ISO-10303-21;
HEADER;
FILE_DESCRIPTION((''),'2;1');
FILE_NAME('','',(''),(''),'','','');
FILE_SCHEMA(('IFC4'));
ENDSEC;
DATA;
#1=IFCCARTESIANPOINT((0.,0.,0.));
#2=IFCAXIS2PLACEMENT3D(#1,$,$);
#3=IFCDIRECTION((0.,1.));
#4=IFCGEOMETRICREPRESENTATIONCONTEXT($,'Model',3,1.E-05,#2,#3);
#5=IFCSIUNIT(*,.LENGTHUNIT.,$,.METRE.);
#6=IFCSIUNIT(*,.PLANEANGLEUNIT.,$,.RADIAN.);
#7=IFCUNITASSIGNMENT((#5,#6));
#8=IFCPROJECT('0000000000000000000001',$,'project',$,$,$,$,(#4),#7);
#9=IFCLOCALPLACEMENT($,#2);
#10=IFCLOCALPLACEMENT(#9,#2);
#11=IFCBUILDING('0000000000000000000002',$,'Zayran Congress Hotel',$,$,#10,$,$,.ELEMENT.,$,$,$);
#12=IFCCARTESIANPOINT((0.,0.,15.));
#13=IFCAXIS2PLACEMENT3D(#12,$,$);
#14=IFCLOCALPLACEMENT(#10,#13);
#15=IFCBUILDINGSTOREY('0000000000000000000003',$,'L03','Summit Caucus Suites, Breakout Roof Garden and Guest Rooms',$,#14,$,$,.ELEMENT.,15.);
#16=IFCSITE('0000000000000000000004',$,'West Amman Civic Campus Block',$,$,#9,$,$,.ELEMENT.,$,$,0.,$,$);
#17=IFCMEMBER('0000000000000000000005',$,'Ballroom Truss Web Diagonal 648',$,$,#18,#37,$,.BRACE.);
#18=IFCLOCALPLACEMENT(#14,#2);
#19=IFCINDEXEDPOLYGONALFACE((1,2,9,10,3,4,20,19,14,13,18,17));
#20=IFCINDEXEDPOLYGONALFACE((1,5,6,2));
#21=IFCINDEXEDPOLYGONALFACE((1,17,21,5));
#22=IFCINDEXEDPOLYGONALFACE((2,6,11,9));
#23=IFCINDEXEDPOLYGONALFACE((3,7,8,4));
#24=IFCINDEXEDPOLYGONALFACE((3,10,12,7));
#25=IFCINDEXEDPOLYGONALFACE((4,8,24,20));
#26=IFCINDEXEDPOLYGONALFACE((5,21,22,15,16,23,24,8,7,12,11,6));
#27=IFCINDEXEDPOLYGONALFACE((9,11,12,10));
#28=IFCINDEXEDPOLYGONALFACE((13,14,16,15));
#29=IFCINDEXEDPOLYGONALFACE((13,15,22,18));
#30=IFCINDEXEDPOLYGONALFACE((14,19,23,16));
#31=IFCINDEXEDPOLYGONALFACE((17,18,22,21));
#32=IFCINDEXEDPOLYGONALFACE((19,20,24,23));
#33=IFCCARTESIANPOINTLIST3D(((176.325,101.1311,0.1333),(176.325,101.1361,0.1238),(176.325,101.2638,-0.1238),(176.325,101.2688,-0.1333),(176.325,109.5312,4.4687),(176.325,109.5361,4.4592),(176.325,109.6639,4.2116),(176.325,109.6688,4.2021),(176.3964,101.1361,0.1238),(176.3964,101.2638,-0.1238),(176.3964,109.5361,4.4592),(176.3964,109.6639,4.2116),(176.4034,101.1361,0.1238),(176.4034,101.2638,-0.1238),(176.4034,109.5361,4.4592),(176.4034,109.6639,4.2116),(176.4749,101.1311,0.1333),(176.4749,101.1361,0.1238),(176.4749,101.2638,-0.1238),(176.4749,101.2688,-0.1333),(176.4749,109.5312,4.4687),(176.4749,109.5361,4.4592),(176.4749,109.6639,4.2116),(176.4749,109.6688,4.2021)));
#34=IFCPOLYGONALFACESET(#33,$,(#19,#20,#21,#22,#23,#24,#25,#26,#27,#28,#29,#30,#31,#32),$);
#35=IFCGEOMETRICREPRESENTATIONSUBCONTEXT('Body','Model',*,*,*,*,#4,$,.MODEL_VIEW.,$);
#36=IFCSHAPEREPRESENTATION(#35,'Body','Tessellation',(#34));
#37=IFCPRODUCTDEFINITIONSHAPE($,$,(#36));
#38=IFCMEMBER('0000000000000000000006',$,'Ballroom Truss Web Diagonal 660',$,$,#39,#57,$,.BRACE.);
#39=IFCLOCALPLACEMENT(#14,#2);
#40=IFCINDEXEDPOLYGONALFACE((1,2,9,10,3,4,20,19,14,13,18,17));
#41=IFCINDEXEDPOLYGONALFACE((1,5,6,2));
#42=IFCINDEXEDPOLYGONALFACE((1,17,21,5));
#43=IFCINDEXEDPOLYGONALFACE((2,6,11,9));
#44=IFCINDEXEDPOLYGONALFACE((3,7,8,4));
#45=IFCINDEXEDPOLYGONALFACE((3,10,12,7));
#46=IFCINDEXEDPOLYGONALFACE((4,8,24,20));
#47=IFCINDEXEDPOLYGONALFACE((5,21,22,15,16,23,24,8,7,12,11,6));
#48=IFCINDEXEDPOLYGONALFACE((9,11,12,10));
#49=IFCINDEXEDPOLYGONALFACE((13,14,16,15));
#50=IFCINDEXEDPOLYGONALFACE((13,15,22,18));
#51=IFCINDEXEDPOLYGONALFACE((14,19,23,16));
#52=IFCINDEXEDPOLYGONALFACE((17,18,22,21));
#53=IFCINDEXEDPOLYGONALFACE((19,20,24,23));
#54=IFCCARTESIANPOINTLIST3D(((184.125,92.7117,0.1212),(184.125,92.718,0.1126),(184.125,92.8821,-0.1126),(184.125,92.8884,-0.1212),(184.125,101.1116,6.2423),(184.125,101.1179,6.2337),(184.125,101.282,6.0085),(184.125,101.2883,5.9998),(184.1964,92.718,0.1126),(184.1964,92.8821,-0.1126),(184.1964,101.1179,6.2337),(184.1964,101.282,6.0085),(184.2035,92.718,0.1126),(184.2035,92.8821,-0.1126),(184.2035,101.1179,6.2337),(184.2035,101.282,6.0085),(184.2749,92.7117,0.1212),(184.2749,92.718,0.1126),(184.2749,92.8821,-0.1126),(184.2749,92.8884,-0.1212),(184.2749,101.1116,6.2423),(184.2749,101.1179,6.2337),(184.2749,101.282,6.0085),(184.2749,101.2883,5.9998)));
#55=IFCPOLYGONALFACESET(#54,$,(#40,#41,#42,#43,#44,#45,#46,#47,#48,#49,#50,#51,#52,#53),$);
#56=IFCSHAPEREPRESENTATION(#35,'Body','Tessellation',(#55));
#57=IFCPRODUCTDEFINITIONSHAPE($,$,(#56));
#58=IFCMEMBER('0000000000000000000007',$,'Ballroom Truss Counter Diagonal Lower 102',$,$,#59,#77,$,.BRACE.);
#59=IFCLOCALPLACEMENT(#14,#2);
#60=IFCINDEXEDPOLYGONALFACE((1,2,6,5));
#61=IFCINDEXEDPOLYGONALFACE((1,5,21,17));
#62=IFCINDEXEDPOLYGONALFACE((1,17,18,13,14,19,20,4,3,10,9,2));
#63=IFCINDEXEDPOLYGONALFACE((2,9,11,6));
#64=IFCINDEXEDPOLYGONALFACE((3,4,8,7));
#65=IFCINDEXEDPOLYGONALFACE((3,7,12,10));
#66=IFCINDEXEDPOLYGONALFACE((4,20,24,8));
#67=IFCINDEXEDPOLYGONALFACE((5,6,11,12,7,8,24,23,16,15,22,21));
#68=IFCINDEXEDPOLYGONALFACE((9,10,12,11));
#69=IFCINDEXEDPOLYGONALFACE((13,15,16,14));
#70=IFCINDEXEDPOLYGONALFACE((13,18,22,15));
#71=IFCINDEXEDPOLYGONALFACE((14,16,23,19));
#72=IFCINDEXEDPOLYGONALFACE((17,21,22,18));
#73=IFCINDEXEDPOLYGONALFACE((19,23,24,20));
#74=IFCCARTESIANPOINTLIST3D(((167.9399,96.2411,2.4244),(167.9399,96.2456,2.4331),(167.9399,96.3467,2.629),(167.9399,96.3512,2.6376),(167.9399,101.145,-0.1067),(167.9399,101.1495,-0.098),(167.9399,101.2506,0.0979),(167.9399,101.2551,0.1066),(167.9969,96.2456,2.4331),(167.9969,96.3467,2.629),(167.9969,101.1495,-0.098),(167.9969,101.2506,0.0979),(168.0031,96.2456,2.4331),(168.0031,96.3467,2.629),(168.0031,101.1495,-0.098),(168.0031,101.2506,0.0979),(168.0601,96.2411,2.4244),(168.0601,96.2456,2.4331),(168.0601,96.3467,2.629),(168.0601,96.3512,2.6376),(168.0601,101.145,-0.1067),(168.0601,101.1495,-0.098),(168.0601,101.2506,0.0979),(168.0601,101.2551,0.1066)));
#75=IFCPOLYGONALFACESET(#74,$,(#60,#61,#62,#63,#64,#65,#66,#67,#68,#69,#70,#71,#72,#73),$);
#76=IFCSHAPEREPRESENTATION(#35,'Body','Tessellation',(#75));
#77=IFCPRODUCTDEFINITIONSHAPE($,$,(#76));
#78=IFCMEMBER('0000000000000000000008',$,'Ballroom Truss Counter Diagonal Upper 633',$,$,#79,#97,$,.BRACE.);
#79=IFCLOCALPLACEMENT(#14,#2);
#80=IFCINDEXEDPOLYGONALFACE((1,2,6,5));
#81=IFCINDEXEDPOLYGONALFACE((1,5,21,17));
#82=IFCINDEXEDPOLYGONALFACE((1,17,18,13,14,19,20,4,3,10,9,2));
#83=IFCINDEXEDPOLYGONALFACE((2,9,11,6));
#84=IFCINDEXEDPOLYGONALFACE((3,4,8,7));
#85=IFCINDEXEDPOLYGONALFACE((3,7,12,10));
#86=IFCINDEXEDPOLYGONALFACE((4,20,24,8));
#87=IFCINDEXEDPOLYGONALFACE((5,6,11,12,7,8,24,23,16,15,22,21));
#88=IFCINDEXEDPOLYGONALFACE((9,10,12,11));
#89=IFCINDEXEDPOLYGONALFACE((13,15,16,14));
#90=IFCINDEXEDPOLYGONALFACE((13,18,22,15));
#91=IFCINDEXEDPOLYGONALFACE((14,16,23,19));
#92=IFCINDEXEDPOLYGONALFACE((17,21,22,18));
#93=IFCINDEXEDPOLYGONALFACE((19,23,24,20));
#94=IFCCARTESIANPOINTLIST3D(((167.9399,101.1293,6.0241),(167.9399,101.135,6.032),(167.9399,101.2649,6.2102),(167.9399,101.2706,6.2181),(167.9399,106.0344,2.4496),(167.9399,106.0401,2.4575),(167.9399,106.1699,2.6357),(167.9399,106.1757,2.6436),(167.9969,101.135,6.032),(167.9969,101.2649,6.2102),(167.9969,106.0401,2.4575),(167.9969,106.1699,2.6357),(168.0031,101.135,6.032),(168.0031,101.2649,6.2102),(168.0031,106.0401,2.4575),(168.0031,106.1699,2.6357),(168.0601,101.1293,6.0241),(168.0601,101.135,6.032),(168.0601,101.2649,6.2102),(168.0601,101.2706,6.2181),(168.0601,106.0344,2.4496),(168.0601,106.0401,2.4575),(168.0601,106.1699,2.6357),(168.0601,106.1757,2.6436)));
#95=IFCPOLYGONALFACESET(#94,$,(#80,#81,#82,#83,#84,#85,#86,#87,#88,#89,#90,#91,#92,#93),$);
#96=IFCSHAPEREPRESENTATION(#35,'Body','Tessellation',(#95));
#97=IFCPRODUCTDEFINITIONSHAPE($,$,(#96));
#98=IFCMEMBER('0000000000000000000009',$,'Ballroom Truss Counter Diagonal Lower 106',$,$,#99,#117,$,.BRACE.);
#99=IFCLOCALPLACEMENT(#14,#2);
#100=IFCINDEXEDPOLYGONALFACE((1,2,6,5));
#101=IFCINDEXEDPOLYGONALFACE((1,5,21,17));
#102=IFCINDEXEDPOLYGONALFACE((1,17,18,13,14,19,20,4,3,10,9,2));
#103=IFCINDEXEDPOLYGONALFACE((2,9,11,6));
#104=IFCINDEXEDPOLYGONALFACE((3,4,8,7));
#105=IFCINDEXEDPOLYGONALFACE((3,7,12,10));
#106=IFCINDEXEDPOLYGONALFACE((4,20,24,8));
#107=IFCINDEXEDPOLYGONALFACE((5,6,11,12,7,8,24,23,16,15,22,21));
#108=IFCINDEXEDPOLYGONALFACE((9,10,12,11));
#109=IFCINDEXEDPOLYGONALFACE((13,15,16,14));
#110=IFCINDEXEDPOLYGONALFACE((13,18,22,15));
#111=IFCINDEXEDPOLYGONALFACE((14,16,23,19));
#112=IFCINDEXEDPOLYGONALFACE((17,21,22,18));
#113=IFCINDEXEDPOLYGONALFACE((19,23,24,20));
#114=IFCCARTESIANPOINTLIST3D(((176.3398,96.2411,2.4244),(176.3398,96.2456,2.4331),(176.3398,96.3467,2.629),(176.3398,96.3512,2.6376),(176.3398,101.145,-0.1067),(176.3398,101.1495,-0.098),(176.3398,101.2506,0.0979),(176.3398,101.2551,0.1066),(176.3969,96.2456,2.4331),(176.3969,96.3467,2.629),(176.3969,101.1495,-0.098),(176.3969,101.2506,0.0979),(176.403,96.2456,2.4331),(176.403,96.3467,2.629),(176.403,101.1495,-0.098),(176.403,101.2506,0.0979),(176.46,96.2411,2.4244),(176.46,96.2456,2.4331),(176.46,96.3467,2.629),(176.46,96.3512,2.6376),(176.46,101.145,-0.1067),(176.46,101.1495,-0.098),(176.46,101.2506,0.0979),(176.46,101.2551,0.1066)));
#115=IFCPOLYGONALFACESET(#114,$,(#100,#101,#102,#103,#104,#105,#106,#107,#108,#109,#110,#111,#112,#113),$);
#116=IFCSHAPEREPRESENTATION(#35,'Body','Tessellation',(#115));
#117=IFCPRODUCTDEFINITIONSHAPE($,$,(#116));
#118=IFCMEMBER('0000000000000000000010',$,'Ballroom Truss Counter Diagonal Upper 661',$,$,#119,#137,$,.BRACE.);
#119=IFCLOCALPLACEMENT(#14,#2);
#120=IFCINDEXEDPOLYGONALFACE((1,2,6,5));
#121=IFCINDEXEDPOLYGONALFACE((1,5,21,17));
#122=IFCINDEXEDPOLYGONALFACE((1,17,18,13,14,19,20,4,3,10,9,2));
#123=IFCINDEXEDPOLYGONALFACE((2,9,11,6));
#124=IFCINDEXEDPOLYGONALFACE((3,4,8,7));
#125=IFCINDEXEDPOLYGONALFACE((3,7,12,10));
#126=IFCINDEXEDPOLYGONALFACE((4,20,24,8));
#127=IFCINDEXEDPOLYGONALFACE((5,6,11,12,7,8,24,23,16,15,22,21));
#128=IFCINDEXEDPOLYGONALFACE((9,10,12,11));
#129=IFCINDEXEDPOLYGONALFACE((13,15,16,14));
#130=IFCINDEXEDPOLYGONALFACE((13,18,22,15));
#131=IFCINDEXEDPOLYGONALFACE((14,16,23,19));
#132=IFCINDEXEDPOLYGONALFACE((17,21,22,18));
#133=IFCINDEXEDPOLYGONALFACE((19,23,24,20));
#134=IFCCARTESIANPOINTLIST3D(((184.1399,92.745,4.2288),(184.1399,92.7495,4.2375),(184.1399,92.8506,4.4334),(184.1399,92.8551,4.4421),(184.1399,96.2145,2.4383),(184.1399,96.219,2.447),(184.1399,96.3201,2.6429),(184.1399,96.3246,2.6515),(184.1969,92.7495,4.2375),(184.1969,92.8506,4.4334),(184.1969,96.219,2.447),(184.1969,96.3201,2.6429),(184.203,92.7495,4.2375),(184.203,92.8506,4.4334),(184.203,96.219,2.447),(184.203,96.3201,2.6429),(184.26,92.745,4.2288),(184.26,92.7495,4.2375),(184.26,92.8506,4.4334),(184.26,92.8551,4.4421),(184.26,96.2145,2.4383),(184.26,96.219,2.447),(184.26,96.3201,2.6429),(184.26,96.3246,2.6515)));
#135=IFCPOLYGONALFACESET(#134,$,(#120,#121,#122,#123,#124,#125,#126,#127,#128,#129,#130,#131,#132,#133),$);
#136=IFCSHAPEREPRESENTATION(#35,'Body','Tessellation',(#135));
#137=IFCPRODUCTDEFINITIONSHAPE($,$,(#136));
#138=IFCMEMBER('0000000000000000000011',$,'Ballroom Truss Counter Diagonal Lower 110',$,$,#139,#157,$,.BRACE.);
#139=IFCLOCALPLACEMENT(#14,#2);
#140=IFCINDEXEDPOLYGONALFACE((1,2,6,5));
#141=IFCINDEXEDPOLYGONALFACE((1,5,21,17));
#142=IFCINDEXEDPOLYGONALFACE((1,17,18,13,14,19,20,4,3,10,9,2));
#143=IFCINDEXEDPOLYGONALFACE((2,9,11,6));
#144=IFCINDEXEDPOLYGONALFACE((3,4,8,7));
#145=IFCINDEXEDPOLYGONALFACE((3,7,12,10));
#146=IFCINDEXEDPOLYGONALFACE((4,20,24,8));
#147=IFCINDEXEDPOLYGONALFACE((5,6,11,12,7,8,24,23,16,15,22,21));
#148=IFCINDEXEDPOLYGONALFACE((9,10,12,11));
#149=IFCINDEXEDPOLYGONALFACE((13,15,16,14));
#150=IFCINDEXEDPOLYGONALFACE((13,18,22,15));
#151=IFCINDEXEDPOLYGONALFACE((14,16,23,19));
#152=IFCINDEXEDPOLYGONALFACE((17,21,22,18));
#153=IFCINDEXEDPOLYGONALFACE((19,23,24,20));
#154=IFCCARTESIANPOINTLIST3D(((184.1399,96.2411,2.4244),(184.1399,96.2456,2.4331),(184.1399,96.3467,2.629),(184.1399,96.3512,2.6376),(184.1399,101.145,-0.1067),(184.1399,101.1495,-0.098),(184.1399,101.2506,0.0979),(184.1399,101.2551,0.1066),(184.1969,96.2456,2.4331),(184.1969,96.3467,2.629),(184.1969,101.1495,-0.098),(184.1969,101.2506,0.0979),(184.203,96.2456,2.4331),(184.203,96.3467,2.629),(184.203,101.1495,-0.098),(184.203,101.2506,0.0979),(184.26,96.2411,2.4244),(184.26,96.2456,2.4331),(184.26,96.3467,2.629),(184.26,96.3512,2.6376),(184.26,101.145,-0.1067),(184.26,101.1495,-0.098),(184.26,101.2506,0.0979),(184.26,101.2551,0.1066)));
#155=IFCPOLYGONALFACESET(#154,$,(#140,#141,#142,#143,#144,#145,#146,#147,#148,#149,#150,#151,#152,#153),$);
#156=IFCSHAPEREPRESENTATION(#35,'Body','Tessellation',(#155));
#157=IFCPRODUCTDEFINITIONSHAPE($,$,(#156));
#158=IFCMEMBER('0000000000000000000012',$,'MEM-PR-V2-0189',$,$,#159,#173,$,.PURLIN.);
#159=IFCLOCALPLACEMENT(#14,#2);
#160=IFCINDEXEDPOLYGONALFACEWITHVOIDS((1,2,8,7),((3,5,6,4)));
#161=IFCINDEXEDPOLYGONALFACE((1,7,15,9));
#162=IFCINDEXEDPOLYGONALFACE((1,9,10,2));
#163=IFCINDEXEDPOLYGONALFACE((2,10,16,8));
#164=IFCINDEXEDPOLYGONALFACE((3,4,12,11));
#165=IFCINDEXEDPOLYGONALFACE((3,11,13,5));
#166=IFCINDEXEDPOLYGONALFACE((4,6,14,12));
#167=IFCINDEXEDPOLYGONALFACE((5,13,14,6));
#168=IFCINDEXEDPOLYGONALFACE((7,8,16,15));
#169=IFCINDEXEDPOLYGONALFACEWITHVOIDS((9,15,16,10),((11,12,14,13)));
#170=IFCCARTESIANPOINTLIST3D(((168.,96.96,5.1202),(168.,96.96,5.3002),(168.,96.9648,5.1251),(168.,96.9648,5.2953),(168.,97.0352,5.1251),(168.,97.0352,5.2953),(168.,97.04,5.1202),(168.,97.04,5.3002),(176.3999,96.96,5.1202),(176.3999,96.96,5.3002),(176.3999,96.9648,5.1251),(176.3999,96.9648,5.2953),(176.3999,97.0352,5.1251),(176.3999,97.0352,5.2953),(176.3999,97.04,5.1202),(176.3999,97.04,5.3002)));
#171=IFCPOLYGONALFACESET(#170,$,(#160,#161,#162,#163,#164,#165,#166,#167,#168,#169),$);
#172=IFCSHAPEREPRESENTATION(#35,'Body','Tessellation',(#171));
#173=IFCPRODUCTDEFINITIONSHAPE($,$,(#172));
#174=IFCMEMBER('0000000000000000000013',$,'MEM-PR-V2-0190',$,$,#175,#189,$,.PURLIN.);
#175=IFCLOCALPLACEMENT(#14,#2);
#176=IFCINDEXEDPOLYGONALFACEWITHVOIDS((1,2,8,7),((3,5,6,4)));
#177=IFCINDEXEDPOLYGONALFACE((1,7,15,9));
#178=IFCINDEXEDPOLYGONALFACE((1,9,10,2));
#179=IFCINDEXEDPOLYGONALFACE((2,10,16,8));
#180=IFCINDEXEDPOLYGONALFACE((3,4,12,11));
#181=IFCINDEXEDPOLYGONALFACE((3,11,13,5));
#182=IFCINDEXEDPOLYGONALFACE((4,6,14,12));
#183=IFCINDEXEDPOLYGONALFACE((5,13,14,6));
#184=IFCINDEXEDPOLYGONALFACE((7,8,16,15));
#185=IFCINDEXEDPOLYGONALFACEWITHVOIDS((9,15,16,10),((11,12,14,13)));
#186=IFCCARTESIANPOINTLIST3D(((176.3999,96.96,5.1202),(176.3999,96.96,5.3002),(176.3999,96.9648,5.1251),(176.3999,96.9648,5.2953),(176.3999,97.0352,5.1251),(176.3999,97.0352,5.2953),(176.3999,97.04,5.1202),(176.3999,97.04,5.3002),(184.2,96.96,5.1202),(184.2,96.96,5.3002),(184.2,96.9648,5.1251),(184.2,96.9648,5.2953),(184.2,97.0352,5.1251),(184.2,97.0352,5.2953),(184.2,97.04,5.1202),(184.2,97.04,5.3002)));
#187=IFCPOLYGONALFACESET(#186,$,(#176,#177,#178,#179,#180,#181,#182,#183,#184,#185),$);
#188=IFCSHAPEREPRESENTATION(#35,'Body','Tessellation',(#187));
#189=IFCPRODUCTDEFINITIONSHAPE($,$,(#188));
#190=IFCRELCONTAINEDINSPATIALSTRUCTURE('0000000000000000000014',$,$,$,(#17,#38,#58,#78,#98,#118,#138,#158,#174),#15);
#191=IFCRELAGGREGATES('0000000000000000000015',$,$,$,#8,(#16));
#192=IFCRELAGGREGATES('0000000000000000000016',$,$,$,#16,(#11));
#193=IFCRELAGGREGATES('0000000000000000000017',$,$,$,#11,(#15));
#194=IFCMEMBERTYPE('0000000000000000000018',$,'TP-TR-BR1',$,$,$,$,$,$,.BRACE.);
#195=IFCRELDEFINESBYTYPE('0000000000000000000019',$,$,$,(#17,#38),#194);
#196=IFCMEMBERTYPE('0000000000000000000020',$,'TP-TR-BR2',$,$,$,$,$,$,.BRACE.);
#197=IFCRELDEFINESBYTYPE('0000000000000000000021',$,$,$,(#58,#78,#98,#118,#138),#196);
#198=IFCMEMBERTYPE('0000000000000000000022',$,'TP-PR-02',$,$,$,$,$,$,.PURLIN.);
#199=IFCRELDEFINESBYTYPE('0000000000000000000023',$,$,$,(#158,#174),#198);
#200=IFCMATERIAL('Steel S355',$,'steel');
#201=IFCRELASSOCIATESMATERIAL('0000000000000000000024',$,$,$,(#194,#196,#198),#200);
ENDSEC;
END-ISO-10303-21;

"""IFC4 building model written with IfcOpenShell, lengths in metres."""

from ifc_helpers import new_model, si_unit, direction, frame, origin, origin_2d, place, context, subcontext, project, spatial, hollow_rectangle, i_section, extrude, material, material_profile, profile_set, type_object, element, save


model = new_model("IFC4")

# Units and contexts
model_context = context("Model", 3, precision=1e-05, world=origin(), true_north=direction((0.0, 1.0)))
body_context = subcontext(model_context, "Body", "Model", "MODEL_VIEW")
ifc_project = project(units=[si_unit("LENGTHUNIT", "METRE"), si_unit("PLANEANGLEUNIT", "RADIAN")], contexts=[model_context])

# Site, building, storey
site_placement = place(None, origin())
site = spatial("IfcSite", under=ifc_project, at=site_placement, Name="West Amman Civic Campus Block", CompositionType="ELEMENT", RefElevation=0.0)
building_placement = place(site_placement, origin())
building = spatial("IfcBuilding", under=site, at=building_placement, Name="Zayran Congress Hotel", CompositionType="ELEMENT")
storey_placement = place(building_placement, frame((0.0, 0.0, 15.0)))
storey = spatial("IfcBuildingStorey", under=building, at=storey_placement, Name="L03", Description="Summit Caucus Suites, Breakout Roof Garden and Guest Rooms", CompositionType="ELEMENT", Elevation=15.0)

# Shared definitions
ifc_material_1 = material(Name="Steel S355", Category="steel")

# Members
ifc_material_profile_1 = material_profile(ifc_material_1, i_section(OverallWidth=0.1499, OverallDepth=0.3, WebThickness=0.0071, FlangeThickness=0.0107, at=origin_2d()), Name="IPE 300")
ifc_profile_set_1 = profile_set([ifc_material_profile_1], Name="Steel S355")
member_type_1 = type_object("IfcMemberType", Name="TP-TR-BR1", PredefinedType="BRACE", material=ifc_profile_set_1)
for number, where, z_axis, x_axis, name in (
    (1, (176.3999, 101.2, 0.0), (0.0, 0.888625, 0.458634), (-1.0, 0.0, 0.0), "Ballroom Truss Web Diagonal 648"),
):
    element("IfcMember", number, at=place(storey_placement, frame(where, z_axis=z_axis, x_axis=x_axis)), inside=storey, type_object=member_type_1, Name=name, PredefinedType="BRACE", context=body_context, shape_type="SweptSolid", body=[
        extrude(i_section(OverallWidth=0.1499, OverallDepth=0.3, WebThickness=0.0071, FlangeThickness=0.0107, at=origin_2d()), origin(), (0.0, 0.0, 1.0), 9.4529),
    ])
member_1_placement = place(storey_placement, frame((184.2, 92.8, 0.0), z_axis=(0.0, 0.808183, 0.588931), x_axis=(-1.0, 0.0, 0.0)))
element("IfcMember", 2, at=member_1_placement, inside=storey, type_object=member_type_1, Name="Ballroom Truss Web Diagonal 660", PredefinedType="BRACE", context=body_context, shape_type="SweptSolid", body=[
    extrude(i_section(OverallWidth=0.1499, OverallDepth=0.3, WebThickness=0.0071, FlangeThickness=0.0107, at=origin_2d()), origin(), (0.0, 0.0, 1.0), 10.3936),
])
ifc_material_profile_2 = material_profile(ifc_material_1, i_section(OverallWidth=0.1201, OverallDepth=0.24, WebThickness=0.0061, FlangeThickness=0.0098, at=origin_2d()), Name="IPE 240")
ifc_profile_set_2 = profile_set([ifc_material_profile_2], Name="Steel S355")
member_type_2 = type_object("IfcMemberType", Name="TP-TR-BR2", PredefinedType="BRACE", material=ifc_profile_set_2)
member_2_placement = place(storey_placement, frame((168.0, 96.2961, 2.531), z_axis=(0.0, 0.88862, -0.458644), x_axis=(-1.0, 0.0, 0.0)))
element("IfcMember", 3, at=member_2_placement, inside=storey, type_object=member_type_2, Name="Ballroom Truss Counter Diagonal Lower 102", PredefinedType="BRACE", context=body_context, shape_type="SweptSolid", body=[
    extrude(i_section(OverallWidth=0.1201, OverallDepth=0.24, WebThickness=0.0061, FlangeThickness=0.0098, at=origin_2d()), origin(), (0.0, 0.0, 1.0), 5.5186),
])
member_3_placement = place(storey_placement, frame((168.0, 101.2, 6.1211), z_axis=(0.0, 0.808174, -0.588944), x_axis=(-1.0, 0.0, 0.0)))
element("IfcMember", 4, at=member_3_placement, inside=storey, type_object=member_type_2, Name="Ballroom Truss Counter Diagonal Upper 633", PredefinedType="BRACE", context=body_context, shape_type="SweptSolid", body=[
    extrude(i_section(OverallWidth=0.1201, OverallDepth=0.24, WebThickness=0.0061, FlangeThickness=0.0098, at=origin_2d()), origin(), (0.0, 0.0, 1.0), 6.0693),
])
member_4_placement = place(storey_placement, frame((176.3999, 96.2961, 2.531), z_axis=(0.0, 0.88862, -0.458644), x_axis=(-1.0, 0.0, 0.0)))
element("IfcMember", 5, at=member_4_placement, inside=storey, type_object=member_type_2, Name="Ballroom Truss Counter Diagonal Lower 106", PredefinedType="BRACE", context=body_context, shape_type="SweptSolid", body=[
    extrude(i_section(OverallWidth=0.1201, OverallDepth=0.24, WebThickness=0.0061, FlangeThickness=0.0098, at=origin_2d()), origin(), (0.0, 0.0, 1.0), 5.5186),
])
member_5_placement = place(storey_placement, frame((184.2, 92.8, 4.3354), z_axis=(0.0, 0.888639, -0.458608), x_axis=(-1.0, 0.0, 0.0)))
element("IfcMember", 6, at=member_5_placement, inside=storey, type_object=member_type_2, Name="Ballroom Truss Counter Diagonal Upper 661", PredefinedType="BRACE", context=body_context, shape_type="SweptSolid", body=[
    extrude(i_section(OverallWidth=0.1201, OverallDepth=0.24, WebThickness=0.0061, FlangeThickness=0.0098, at=origin_2d()), origin(), (0.0, 0.0, 1.0), 3.9043),
])
member_6_placement = place(storey_placement, frame((184.2, 96.2961, 2.531), z_axis=(0.0, 0.88862, -0.458644), x_axis=(-1.0, 0.0, 0.0)))
element("IfcMember", 7, at=member_6_placement, inside=storey, type_object=member_type_2, Name="Ballroom Truss Counter Diagonal Lower 110", PredefinedType="BRACE", context=body_context, shape_type="SweptSolid", body=[
    extrude(i_section(OverallWidth=0.1201, OverallDepth=0.24, WebThickness=0.0061, FlangeThickness=0.0098, at=origin_2d()), origin(), (0.0, 0.0, 1.0), 5.5186),
])
ifc_material_profile_3 = material_profile(ifc_material_1, hollow_rectangle(XDim=0.0801, YDim=0.1799, WallThickness=0.0049, at=origin_2d()), Name="RHS 180x80x5")
ifc_profile_set_3 = profile_set([ifc_material_profile_3], Name="Steel S355")
member_type_3 = type_object("IfcMemberType", Name="TP-PR-02", PredefinedType="PURLIN", material=ifc_profile_set_3)
member_7_placement = place(storey_placement, frame((168.0, 97.0, 5.2102), z_axis=(1.0, 0.0, 0.0), x_axis=(0.0, 1.0, 0.0)))
element("IfcMember", 8, at=member_7_placement, inside=storey, type_object=member_type_3, Name="MEM-PR-V2-0189", PredefinedType="PURLIN", context=body_context, shape_type="SweptSolid", body=[
    extrude(hollow_rectangle(XDim=0.0801, YDim=0.1799, WallThickness=0.0049, at=origin_2d()), origin(), (0.0, 0.0, 1.0), 8.3999),
])
member_8_placement = place(storey_placement, frame((176.3999, 97.0, 5.2102), z_axis=(1.0, 0.0, 0.0), x_axis=(0.0, 1.0, 0.0)))
element("IfcMember", 9, at=member_8_placement, inside=storey, type_object=member_type_3, Name="MEM-PR-V2-0190", PredefinedType="PURLIN", context=body_context, shape_type="SweptSolid", body=[
    extrude(hollow_rectangle(XDim=0.0801, YDim=0.1799, WallThickness=0.0049, at=origin_2d()), origin(), (0.0, 0.0, 1.0), 7.8),
])

save(model, "model.ifc")
